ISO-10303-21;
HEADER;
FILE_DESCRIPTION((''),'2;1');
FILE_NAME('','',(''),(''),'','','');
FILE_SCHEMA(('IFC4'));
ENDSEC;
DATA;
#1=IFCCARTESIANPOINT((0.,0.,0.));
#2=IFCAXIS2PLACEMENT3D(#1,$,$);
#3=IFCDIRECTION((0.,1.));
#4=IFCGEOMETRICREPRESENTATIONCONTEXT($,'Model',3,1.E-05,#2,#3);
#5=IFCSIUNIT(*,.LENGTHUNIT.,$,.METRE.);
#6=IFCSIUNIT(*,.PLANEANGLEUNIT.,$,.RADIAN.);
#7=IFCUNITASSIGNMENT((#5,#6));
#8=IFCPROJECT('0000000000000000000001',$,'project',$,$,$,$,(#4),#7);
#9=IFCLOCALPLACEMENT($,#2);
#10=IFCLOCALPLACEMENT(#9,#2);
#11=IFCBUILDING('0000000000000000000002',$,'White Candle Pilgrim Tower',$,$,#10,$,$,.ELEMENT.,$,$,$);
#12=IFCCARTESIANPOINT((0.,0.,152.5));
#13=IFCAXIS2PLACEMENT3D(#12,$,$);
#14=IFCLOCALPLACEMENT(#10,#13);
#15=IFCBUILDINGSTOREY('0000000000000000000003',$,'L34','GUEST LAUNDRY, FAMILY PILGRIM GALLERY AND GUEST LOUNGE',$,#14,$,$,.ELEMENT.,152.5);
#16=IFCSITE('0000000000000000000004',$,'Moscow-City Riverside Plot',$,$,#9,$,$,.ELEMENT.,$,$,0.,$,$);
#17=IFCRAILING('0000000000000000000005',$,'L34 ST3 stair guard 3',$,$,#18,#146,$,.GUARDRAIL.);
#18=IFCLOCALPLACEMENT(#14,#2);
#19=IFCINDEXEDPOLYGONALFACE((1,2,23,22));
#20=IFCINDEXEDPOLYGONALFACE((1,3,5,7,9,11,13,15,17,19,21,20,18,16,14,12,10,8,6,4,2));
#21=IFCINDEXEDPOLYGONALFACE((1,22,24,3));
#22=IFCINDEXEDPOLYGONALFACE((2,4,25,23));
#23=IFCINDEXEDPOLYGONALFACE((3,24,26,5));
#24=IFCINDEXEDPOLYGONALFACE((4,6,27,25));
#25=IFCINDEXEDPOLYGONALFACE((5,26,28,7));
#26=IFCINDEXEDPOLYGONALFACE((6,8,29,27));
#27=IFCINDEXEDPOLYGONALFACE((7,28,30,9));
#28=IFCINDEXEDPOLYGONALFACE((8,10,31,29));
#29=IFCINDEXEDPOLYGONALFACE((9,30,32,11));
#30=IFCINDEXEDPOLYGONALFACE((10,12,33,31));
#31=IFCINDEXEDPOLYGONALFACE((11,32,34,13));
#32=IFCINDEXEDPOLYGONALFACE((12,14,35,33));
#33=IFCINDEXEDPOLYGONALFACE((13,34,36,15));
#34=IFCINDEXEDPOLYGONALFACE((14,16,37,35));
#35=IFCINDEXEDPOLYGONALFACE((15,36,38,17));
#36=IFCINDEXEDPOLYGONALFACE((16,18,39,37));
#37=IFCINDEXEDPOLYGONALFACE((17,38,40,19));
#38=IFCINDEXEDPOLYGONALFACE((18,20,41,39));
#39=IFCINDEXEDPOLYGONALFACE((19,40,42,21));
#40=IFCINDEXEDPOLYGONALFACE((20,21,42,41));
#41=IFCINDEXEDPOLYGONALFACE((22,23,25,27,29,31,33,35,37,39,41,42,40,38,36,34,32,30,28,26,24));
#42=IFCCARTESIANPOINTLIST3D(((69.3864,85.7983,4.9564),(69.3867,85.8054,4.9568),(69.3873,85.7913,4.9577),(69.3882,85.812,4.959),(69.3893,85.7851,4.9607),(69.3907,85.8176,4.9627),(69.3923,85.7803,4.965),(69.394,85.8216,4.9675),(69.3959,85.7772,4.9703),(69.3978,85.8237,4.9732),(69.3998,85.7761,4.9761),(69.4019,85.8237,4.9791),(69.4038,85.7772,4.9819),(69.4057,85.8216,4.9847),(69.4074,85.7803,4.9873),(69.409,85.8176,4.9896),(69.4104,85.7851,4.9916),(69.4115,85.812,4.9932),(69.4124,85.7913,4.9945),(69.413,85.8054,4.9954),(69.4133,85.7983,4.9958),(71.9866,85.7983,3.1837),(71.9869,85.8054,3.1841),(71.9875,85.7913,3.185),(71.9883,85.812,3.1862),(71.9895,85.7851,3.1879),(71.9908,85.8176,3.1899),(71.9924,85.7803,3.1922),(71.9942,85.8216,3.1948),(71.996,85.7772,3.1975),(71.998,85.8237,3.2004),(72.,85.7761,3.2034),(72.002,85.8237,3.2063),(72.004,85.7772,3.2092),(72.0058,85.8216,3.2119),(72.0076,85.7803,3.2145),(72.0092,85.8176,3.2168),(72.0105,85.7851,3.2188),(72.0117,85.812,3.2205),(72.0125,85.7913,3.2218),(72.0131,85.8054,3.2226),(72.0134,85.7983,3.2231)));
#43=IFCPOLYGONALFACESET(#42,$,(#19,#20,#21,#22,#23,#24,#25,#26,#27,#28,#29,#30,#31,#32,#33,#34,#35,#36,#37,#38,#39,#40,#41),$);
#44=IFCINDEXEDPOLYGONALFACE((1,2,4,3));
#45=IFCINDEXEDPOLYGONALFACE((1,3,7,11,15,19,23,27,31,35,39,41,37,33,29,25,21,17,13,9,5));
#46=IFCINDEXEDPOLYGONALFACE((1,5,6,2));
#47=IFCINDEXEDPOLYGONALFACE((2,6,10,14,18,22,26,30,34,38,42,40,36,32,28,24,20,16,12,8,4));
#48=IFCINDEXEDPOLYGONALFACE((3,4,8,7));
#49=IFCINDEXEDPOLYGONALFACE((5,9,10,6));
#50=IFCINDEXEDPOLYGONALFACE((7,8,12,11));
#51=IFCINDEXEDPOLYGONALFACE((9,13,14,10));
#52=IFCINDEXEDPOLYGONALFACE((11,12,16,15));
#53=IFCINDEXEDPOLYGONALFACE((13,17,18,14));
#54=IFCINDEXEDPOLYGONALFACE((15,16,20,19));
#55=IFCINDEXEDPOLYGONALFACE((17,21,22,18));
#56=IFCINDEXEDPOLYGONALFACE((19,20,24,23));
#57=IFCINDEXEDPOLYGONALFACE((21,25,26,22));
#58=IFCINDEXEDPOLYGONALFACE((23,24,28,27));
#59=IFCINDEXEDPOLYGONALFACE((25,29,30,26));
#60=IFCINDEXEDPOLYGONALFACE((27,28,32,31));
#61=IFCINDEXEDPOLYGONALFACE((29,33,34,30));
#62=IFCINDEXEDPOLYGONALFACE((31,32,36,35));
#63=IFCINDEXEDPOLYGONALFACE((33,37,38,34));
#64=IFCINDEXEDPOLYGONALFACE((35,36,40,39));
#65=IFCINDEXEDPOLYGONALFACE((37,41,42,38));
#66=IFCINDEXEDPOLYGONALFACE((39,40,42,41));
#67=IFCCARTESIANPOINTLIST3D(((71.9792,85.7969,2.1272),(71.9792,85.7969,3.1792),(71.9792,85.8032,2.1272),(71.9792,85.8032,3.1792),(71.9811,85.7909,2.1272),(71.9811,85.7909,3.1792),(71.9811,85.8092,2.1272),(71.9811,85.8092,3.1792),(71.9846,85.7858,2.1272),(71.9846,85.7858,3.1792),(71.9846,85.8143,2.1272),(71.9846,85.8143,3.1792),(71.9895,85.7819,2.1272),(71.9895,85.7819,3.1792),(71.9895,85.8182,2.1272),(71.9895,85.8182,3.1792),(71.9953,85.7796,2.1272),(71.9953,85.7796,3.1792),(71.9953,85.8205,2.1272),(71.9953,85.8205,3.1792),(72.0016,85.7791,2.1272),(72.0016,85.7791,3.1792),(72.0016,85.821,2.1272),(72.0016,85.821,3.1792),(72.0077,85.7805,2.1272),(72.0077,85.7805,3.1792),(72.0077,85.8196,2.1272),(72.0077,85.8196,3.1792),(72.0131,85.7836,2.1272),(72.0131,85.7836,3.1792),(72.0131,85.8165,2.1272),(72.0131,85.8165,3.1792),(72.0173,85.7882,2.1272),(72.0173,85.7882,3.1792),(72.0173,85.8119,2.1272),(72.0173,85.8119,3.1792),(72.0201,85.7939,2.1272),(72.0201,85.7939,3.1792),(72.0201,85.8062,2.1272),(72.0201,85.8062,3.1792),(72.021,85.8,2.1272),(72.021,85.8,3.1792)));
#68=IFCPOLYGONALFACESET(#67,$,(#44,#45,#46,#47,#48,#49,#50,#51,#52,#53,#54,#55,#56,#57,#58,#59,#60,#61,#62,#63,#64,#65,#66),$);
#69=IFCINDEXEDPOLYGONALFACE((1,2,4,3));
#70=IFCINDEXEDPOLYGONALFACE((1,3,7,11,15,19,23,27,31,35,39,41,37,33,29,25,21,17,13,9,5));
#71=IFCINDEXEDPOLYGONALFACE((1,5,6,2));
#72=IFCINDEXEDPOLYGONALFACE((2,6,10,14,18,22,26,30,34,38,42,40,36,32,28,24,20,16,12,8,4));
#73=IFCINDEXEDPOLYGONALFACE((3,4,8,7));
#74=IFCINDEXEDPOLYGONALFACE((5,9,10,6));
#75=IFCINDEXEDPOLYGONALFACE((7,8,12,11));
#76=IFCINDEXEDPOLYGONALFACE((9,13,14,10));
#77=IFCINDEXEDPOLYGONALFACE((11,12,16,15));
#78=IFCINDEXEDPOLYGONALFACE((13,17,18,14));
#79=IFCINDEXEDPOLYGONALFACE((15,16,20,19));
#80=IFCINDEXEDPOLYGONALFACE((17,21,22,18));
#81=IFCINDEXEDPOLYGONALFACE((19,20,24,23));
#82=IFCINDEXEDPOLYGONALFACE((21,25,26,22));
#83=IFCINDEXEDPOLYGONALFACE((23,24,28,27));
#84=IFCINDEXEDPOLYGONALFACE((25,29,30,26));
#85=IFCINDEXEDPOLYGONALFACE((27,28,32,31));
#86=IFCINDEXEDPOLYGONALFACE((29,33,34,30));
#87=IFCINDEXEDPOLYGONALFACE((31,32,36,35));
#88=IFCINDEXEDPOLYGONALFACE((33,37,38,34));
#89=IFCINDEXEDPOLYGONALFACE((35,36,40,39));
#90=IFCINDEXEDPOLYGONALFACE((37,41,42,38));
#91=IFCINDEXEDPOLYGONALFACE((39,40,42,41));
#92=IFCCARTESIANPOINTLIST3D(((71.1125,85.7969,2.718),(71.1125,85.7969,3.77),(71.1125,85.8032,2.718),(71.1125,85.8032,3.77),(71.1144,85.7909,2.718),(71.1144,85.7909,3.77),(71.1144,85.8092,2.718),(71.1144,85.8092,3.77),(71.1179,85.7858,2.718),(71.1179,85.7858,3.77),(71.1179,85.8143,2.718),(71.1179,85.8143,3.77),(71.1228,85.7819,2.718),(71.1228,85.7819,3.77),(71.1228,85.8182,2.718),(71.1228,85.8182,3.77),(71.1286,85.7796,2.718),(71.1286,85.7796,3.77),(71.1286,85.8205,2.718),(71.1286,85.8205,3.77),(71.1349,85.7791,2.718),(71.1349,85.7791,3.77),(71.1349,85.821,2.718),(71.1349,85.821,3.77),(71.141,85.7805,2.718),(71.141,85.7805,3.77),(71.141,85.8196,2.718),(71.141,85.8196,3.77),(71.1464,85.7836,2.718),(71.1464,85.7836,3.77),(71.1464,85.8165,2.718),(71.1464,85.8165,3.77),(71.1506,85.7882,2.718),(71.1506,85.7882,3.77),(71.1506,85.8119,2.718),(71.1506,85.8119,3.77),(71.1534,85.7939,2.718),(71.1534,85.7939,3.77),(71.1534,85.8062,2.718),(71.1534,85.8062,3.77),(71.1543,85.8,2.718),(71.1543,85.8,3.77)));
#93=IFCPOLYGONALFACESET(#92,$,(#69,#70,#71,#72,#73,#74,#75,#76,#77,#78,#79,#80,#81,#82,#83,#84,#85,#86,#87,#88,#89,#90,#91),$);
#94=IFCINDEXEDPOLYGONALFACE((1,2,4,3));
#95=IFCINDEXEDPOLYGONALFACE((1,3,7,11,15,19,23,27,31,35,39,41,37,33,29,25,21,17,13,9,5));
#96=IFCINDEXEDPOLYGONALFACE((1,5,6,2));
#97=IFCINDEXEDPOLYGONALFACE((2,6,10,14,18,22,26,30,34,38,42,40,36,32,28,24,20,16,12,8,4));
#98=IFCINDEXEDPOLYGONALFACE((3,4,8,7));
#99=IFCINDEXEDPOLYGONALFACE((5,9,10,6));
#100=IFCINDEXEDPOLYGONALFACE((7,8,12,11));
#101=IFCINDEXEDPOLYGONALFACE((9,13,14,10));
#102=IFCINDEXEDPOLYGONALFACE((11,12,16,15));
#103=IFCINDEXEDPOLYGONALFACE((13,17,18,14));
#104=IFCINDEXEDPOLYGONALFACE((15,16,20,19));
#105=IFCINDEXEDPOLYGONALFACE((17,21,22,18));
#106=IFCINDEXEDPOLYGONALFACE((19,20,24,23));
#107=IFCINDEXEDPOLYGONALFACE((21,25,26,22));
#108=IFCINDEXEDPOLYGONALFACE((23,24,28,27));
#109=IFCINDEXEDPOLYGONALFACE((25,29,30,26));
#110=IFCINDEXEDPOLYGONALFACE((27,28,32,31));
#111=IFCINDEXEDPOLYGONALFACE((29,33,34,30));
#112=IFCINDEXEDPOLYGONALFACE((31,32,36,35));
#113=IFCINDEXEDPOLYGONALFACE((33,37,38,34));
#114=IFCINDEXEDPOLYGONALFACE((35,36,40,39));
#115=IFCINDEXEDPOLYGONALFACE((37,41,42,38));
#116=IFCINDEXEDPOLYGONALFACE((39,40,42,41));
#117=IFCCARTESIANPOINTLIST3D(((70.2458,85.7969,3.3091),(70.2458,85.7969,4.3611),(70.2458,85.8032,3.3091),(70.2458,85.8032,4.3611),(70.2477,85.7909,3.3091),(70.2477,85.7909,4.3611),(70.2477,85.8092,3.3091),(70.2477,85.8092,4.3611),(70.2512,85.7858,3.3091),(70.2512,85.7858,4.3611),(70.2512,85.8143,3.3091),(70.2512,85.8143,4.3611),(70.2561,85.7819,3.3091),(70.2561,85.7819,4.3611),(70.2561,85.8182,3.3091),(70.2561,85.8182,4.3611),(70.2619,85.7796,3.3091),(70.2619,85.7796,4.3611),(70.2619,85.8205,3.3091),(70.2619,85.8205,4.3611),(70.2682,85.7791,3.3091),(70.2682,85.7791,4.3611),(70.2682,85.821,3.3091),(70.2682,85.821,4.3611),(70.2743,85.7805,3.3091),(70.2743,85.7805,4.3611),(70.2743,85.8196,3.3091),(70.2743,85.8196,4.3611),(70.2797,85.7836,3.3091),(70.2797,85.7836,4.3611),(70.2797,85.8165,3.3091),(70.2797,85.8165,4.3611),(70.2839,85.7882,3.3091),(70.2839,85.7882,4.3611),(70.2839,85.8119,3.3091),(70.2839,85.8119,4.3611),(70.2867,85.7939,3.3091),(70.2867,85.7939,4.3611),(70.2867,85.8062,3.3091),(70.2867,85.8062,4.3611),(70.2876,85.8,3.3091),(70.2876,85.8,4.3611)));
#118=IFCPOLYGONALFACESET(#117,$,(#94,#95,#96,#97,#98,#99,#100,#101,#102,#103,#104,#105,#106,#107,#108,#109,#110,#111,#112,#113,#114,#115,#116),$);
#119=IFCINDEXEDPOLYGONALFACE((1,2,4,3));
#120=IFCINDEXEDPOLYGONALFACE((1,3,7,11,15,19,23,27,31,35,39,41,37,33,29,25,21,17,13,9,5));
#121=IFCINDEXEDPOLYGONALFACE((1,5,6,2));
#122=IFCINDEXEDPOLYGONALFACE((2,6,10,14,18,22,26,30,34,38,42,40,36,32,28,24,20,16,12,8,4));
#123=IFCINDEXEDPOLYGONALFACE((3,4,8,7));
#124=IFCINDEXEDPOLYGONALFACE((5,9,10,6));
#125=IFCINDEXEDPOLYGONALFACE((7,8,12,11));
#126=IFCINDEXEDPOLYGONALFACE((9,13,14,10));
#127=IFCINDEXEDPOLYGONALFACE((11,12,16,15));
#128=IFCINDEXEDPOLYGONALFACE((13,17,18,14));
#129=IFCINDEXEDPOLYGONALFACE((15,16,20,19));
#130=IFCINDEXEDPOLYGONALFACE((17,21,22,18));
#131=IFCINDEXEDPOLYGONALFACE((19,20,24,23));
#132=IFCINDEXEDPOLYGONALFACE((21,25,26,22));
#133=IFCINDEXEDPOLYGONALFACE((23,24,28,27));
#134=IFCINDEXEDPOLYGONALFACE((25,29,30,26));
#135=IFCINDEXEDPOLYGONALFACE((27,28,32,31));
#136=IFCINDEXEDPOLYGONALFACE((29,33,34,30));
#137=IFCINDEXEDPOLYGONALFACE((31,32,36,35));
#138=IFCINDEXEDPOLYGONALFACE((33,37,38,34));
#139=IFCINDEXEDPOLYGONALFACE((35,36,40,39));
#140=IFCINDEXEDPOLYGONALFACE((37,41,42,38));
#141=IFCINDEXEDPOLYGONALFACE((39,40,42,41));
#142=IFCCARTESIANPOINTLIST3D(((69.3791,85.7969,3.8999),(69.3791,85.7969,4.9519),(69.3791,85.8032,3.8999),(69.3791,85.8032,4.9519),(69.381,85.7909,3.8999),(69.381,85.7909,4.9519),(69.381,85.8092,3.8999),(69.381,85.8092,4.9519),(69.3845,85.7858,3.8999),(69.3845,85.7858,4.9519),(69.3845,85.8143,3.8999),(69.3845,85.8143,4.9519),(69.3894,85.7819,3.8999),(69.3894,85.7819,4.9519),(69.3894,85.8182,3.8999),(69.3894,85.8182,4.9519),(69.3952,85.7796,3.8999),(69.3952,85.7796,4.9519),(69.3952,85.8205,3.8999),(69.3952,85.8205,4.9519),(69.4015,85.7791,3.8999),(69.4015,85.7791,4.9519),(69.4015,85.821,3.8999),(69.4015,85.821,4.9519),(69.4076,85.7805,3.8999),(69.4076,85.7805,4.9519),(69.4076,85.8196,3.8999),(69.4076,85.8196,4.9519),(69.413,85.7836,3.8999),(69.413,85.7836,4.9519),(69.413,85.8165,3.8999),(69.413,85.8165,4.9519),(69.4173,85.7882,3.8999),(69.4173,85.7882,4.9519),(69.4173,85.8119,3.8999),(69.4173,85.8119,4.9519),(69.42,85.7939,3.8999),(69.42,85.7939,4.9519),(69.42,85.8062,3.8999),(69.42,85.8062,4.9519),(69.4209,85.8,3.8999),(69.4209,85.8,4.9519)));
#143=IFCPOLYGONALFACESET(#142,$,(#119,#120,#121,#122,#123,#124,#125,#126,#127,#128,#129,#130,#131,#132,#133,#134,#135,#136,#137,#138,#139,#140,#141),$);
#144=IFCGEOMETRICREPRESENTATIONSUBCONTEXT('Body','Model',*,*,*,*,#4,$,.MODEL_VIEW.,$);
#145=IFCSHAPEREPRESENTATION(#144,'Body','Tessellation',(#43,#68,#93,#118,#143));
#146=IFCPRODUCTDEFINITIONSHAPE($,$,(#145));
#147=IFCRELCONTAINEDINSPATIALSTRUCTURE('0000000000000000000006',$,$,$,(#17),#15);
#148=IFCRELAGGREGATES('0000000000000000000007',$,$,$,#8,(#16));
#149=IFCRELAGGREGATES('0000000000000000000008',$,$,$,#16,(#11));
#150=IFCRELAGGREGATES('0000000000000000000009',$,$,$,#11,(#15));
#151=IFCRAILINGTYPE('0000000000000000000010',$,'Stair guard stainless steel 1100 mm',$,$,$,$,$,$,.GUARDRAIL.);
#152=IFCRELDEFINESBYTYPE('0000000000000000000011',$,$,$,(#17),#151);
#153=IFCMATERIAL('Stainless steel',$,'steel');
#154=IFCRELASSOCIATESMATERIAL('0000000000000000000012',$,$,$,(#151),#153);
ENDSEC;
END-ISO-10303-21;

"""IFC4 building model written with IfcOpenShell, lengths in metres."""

from ifc_helpers import new_model, si_unit, direction, frame, origin, origin_2d, place, context, subcontext, project, spatial, circle, extrude, material, type_object, element, save


model = new_model("IFC4")

# Units and contexts
model_context = context("Model", 3, precision=1e-05, world=origin(), true_north=direction((0.0, 1.0)))
body_context = subcontext(model_context, "Body", "Model", "MODEL_VIEW")
ifc_project = project(units=[si_unit("LENGTHUNIT", "METRE"), si_unit("PLANEANGLEUNIT", "RADIAN")], contexts=[model_context])

# Site, building, storey
site_placement = place(None, origin())
site = spatial("IfcSite", under=ifc_project, at=site_placement, Name="Moscow-City Riverside Plot", CompositionType="ELEMENT", RefElevation=0.0)
building_placement = place(site_placement, origin())
building = spatial("IfcBuilding", under=site, at=building_placement, Name="White Candle Pilgrim Tower", CompositionType="ELEMENT")
storey_placement = place(building_placement, frame((0.0, 0.0, 152.5)))
storey = spatial("IfcBuildingStorey", under=building, at=storey_placement, Name="L34", Description="GUEST LAUNDRY, FAMILY PILGRIM GALLERY AND GUEST LOUNGE", CompositionType="ELEMENT", Elevation=152.5)

# Shared definitions
ifc_material_1 = material(Name="Stainless steel", Category="steel")

# Railing
railing_type_1 = type_object("IfcRailingType", Name="Stair guard stainless steel 1100 mm", PredefinedType="GUARDRAIL", material=ifc_material_1)
railing_1_placement = place(storey_placement, frame((72.0, 85.8, 2.1272)))
element("IfcRailing", 1, at=railing_1_placement, inside=storey, type_object=railing_type_1, Name="L34 ST3 stair guard 3", PredefinedType="GUARDRAIL", context=body_context, shape_type="SweptSolid", body=[
    extrude(circle(Radius=0.0239, at=origin_2d()), frame((0.0, 0.0, 1.0762), z_axis=(-0.82624, 0.0, 0.563318), x_axis=(0.0, -1.0, 0.0)), (0.0, 0.0, 1.0), 3.147),
    extrude(circle(Radius=0.021, at=origin_2d()), origin(), (0.0, 0.0, 1.0), 1.052),
    extrude(circle(Radius=0.021, at=origin_2d()), frame((-0.8667, 0.0, 0.5908)), (0.0, 0.0, 1.0), 1.052),
    extrude(circle(Radius=0.021, at=origin_2d()), frame((-1.7334, 0.0, 1.1819)), (0.0, 0.0, 1.0), 1.052),
    extrude(circle(Radius=0.021, at=origin_2d()), frame((-2.6001, 0.0, 1.7727)), (0.0, 0.0, 1.0), 1.052),
])

save(model, "model.ifc")
